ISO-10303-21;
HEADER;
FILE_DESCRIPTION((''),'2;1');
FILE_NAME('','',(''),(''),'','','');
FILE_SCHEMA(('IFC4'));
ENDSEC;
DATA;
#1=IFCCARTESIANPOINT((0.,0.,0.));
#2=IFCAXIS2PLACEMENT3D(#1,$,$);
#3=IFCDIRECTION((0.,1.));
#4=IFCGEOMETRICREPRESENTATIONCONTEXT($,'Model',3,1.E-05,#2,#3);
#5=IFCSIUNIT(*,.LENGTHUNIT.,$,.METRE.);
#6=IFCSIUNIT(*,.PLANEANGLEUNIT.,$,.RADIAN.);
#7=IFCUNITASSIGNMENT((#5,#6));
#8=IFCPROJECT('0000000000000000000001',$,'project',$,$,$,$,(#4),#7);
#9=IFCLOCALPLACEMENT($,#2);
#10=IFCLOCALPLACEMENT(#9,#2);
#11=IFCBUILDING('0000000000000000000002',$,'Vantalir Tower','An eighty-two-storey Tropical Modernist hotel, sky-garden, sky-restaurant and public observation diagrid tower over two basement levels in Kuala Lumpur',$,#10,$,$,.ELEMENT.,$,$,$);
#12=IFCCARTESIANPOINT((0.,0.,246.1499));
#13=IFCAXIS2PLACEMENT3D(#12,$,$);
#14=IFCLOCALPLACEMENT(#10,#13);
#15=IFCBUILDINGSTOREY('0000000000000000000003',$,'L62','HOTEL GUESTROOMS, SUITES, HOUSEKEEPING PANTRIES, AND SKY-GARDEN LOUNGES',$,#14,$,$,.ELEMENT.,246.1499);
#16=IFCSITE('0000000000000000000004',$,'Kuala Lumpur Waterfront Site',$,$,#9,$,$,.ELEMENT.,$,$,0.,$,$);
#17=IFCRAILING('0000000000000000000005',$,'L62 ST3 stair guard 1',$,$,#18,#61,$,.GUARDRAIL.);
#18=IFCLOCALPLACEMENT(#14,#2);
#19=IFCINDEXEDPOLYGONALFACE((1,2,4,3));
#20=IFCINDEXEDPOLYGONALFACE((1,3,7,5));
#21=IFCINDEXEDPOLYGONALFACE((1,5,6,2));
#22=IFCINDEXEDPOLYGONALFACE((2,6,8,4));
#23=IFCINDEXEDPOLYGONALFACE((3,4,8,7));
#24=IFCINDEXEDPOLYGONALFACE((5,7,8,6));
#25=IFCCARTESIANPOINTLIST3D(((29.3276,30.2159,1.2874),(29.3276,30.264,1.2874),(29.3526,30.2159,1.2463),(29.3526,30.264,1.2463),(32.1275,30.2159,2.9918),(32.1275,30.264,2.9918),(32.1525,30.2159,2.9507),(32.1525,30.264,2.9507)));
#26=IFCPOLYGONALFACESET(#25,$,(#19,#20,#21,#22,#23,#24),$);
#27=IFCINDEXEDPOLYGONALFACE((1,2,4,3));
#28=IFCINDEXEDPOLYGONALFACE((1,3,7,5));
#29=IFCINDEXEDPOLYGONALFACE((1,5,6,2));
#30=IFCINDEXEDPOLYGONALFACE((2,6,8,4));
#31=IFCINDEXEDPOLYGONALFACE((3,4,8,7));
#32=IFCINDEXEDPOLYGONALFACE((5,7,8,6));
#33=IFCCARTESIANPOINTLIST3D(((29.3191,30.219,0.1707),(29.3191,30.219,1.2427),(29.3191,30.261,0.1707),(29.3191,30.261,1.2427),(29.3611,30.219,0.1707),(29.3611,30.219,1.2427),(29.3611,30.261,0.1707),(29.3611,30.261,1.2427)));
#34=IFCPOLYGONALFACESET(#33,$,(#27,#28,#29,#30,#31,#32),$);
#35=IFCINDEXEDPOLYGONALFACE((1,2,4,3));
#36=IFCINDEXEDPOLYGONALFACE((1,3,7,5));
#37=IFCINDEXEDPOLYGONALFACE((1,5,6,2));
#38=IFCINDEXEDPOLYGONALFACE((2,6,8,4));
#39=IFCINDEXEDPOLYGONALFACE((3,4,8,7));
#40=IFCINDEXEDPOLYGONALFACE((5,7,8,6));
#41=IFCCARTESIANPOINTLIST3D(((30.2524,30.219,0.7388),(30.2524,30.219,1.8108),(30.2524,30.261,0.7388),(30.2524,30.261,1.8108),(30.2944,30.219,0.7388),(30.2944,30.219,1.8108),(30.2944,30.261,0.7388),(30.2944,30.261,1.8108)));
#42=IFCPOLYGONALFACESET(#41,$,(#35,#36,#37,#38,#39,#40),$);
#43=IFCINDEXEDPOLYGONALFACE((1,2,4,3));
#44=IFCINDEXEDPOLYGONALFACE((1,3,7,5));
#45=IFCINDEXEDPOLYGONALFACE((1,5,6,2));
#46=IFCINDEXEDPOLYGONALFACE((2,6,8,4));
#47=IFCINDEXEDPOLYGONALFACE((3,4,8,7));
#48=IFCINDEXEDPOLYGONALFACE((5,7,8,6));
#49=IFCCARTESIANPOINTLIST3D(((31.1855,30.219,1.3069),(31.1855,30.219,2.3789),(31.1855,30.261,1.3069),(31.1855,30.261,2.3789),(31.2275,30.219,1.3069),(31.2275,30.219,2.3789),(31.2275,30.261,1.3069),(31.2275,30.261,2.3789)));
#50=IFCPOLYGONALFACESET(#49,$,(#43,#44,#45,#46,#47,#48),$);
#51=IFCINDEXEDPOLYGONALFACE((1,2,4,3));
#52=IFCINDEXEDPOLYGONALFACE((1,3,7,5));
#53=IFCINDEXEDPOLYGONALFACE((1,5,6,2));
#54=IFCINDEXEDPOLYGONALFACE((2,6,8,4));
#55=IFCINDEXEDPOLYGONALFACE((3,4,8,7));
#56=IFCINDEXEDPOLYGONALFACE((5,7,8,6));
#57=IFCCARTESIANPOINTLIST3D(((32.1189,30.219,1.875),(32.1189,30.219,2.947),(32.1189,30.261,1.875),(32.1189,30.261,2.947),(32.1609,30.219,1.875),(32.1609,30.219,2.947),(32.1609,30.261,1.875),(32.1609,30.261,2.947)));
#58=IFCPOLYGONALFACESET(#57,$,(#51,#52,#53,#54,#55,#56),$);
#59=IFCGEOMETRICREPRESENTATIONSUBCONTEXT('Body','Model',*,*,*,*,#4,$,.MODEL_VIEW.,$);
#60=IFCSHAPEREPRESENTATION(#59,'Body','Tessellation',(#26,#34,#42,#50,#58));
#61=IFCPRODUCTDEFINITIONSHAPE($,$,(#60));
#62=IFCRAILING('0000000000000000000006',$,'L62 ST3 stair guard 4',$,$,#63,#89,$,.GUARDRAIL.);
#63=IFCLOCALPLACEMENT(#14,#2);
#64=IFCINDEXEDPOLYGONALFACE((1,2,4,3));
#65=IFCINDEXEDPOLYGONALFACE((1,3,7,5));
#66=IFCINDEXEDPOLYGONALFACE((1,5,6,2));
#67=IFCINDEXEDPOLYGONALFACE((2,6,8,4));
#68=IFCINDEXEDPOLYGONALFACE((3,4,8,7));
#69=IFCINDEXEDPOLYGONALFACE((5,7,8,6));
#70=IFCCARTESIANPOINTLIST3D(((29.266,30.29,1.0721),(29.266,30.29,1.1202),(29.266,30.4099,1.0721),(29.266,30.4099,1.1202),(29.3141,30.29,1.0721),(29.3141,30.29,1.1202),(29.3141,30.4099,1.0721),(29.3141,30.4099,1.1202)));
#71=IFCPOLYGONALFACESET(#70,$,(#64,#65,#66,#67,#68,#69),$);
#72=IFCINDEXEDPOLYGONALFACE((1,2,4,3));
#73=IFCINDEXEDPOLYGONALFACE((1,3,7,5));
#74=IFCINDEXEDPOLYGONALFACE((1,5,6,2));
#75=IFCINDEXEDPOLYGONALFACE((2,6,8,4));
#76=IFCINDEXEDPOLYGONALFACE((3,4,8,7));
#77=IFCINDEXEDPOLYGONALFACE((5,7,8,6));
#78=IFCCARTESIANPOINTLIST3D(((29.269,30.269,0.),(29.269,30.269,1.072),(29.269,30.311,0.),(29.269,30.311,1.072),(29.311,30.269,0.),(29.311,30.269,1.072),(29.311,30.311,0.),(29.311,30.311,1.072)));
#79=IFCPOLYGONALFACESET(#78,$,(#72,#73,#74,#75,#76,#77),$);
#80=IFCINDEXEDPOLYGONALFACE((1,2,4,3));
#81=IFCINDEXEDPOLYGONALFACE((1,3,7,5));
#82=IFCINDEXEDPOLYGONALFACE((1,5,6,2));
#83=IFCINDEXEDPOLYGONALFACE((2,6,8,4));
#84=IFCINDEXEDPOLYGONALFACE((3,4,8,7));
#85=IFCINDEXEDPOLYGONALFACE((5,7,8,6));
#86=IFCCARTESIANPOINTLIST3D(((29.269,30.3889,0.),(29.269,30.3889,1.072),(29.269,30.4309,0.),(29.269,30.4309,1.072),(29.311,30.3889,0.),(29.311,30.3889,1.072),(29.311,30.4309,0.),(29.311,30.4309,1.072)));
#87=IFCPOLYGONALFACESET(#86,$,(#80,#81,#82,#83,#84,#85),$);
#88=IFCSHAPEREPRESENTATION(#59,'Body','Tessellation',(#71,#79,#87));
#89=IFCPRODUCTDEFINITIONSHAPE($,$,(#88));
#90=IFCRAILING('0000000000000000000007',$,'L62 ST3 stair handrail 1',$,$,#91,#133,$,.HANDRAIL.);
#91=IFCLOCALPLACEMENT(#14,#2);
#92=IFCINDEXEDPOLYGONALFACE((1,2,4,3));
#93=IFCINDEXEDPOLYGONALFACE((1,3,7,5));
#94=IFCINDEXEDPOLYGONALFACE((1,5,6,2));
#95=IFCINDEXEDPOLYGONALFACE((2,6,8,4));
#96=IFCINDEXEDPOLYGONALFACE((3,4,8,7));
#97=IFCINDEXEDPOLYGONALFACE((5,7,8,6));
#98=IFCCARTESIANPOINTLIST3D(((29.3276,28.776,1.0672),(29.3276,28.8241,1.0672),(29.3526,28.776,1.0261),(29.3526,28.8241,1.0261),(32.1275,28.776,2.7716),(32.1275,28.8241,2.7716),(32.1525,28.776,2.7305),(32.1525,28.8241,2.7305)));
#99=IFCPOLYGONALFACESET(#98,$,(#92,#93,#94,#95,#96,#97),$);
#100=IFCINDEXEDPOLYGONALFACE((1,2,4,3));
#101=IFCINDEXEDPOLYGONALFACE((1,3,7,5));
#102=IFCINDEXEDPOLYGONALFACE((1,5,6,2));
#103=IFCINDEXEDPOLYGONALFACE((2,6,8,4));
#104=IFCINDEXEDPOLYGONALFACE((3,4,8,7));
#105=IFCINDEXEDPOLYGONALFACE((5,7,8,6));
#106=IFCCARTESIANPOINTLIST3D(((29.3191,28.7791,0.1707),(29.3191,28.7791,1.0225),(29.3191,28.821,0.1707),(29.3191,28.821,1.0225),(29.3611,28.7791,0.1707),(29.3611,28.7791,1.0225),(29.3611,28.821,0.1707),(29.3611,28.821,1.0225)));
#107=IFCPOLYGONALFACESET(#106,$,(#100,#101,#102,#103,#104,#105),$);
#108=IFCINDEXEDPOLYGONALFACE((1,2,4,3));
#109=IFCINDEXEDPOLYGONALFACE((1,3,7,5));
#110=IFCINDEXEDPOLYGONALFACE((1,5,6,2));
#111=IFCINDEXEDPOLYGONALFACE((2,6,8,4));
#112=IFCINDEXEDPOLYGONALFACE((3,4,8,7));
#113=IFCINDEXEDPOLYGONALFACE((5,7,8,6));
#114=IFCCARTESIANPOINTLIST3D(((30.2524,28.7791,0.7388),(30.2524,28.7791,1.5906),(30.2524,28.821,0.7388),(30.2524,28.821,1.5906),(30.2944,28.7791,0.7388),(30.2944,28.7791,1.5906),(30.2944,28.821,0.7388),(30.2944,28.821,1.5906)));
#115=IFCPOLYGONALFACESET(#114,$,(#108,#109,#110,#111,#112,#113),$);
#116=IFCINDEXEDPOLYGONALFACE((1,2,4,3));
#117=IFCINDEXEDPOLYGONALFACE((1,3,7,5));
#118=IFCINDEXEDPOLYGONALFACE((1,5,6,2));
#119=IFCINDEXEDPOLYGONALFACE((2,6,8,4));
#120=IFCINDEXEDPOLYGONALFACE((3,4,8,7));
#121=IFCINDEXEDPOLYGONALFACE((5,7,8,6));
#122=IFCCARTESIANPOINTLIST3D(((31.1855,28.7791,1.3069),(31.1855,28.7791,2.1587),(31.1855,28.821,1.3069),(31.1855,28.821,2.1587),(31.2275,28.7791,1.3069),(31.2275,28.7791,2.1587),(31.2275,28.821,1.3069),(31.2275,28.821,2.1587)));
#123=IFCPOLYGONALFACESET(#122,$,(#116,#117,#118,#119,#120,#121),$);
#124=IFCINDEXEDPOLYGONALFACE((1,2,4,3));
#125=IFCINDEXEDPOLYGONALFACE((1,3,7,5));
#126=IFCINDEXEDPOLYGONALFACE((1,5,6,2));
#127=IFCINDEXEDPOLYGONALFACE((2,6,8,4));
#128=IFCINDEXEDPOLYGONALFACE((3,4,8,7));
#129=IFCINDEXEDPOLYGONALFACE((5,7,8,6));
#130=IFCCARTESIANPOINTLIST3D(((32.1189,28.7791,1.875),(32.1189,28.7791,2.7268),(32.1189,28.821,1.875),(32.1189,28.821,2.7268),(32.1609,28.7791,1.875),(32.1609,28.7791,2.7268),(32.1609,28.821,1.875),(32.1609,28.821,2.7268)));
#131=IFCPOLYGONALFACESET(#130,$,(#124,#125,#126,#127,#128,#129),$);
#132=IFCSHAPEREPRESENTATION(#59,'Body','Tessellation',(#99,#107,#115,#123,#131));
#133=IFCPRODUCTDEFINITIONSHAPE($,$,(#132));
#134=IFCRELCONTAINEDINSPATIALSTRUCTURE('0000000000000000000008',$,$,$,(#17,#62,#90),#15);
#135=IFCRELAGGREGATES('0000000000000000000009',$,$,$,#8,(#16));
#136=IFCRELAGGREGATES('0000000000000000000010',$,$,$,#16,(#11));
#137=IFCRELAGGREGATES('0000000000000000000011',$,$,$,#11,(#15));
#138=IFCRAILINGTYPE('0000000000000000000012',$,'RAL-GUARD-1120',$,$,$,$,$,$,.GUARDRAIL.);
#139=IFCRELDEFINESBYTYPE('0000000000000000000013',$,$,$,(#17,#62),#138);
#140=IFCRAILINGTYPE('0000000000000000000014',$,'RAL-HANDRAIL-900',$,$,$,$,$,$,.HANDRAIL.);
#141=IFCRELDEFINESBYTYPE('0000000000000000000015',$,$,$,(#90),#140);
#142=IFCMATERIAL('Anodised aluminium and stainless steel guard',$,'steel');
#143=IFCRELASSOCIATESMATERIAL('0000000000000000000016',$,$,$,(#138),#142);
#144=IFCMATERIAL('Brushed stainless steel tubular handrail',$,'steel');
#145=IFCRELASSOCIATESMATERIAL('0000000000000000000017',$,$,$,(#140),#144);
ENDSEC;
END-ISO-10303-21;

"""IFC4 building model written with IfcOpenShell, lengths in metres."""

from ifc_helpers import new_model, si_unit, direction, frame, origin, origin_2d, place, context, subcontext, project, spatial, rectangle, extrude, material, type_object, element, save


model = new_model("IFC4")

# Units and contexts
model_context = context("Model", 3, precision=1e-05, world=origin(), true_north=direction((0.0, 1.0)))
body_context = subcontext(model_context, "Body", "Model", "MODEL_VIEW")
ifc_project = project(units=[si_unit("LENGTHUNIT", "METRE"), si_unit("PLANEANGLEUNIT", "RADIAN")], contexts=[model_context])

# Site, building, storey
site_placement = place(None, origin())
site = spatial("IfcSite", under=ifc_project, at=site_placement, Name="Kuala Lumpur Waterfront Site", CompositionType="ELEMENT", RefElevation=0.0)
building_placement = place(site_placement, origin())
building = spatial("IfcBuilding", under=site, at=building_placement, Name="Vantalir Tower", Description="An eighty-two-storey Tropical Modernist hotel, sky-garden, sky-restaurant and public observation diagrid tower over two basement levels in Kuala Lumpur", CompositionType="ELEMENT")
storey_placement = place(building_placement, frame((0.0, 0.0, 246.1499)))
storey = spatial("IfcBuildingStorey", under=building, at=storey_placement, Name="L62", Description="HOTEL GUESTROOMS, SUITES, HOUSEKEEPING PANTRIES, AND SKY-GARDEN LOUNGES", CompositionType="ELEMENT", Elevation=246.1499)

# Railings
ifc_material_1 = material(Name="Anodised aluminium and stainless steel guard", Category="steel")
railing_type_1 = type_object("IfcRailingType", Name="RAL-GUARD-1120", PredefinedType="GUARDRAIL", material=ifc_material_1)
railing_1_placement = place(storey_placement, frame((29.3401, 30.24, 0.1707)))
element("IfcRailing", 1, at=railing_1_placement, inside=storey, type_object=railing_type_1, Name="L62 ST3 stair guard 1", PredefinedType="GUARDRAIL", context=body_context, shape_type="SweptSolid", body=[
    extrude(rectangle(XDim=0.0481, YDim=0.0481, at=origin_2d()), frame((0.0, 0.0, 1.0962), z_axis=(0.854183, 0.0, 0.519973), x_axis=(0.0, 1.0, 0.0)), (0.0, 0.0, 1.0), 3.2778),
    extrude(rectangle(XDim=0.042, YDim=0.042, at=origin_2d()), origin(), (0.0, 0.0, 1.0), 1.072),
    extrude(rectangle(XDim=0.042, YDim=0.042, at=origin_2d()), frame((0.9333, 0.0, 0.5681)), (0.0, 0.0, 1.0), 1.072),
    extrude(rectangle(XDim=0.042, YDim=0.042, at=origin_2d()), frame((1.8665, 0.0, 1.1362)), (0.0, 0.0, 1.0), 1.072),
    extrude(rectangle(XDim=0.042, YDim=0.042, at=origin_2d()), frame((2.7998, 0.0, 1.7043)), (0.0, 0.0, 1.0), 1.072),
])
railing_2_placement = place(storey_placement, frame((29.29, 30.29, 0.0)))
element("IfcRailing", 2, at=railing_2_placement, inside=storey, type_object=railing_type_1, Name="L62 ST3 stair guard 4", PredefinedType="GUARDRAIL", context=body_context, shape_type="SweptSolid", body=[
    extrude(rectangle(XDim=0.0481, YDim=0.0481, at=origin_2d()), frame((0.0, 0.0, 1.0962), z_axis=(0.0, 1.0, 0.0), x_axis=(-1.0, 0.0, 0.0)), (0.0, 0.0, 1.0), 0.1199),
    extrude(rectangle(XDim=0.042, YDim=0.042, at=origin_2d()), origin(), (0.0, 0.0, 1.0), 1.072),
    extrude(rectangle(XDim=0.042, YDim=0.042, at=origin_2d()), frame((0.0, 0.1199, 0.0)), (0.0, 0.0, 1.0), 1.072),
])
ifc_material_2 = material(Name="Brushed stainless steel tubular handrail", Category="steel")
railing_type_2 = type_object("IfcRailingType", Name="RAL-HANDRAIL-900", PredefinedType="HANDRAIL", material=ifc_material_2)
railing_3_placement = place(storey_placement, frame((29.3401, 28.8, 0.1707)))
element("IfcRailing", 3, at=railing_3_placement, inside=storey, type_object=railing_type_2, Name="L62 ST3 stair handrail 1", PredefinedType="HANDRAIL", context=body_context, shape_type="SweptSolid", body=[
    extrude(rectangle(XDim=0.0481, YDim=0.0481, at=origin_2d()), frame((0.0, 0.0, 0.876), z_axis=(0.854183, 0.0, 0.519973), x_axis=(0.0, 1.0, 0.0)), (0.0, 0.0, 1.0), 3.2778),
    extrude(rectangle(XDim=0.042, YDim=0.042, at=origin_2d()), origin(), (0.0, 0.0, 1.0), 0.8518),
    extrude(rectangle(XDim=0.042, YDim=0.042, at=origin_2d()), frame((0.9333, 0.0, 0.5681)), (0.0, 0.0, 1.0), 0.8518),
    extrude(rectangle(XDim=0.042, YDim=0.042, at=origin_2d()), frame((1.8665, 0.0, 1.1362)), (0.0, 0.0, 1.0), 0.8518),
    extrude(rectangle(XDim=0.042, YDim=0.042, at=origin_2d()), frame((2.7998, 0.0, 1.7043)), (0.0, 0.0, 1.0), 0.8518),
])

save(model, "model.ifc")
